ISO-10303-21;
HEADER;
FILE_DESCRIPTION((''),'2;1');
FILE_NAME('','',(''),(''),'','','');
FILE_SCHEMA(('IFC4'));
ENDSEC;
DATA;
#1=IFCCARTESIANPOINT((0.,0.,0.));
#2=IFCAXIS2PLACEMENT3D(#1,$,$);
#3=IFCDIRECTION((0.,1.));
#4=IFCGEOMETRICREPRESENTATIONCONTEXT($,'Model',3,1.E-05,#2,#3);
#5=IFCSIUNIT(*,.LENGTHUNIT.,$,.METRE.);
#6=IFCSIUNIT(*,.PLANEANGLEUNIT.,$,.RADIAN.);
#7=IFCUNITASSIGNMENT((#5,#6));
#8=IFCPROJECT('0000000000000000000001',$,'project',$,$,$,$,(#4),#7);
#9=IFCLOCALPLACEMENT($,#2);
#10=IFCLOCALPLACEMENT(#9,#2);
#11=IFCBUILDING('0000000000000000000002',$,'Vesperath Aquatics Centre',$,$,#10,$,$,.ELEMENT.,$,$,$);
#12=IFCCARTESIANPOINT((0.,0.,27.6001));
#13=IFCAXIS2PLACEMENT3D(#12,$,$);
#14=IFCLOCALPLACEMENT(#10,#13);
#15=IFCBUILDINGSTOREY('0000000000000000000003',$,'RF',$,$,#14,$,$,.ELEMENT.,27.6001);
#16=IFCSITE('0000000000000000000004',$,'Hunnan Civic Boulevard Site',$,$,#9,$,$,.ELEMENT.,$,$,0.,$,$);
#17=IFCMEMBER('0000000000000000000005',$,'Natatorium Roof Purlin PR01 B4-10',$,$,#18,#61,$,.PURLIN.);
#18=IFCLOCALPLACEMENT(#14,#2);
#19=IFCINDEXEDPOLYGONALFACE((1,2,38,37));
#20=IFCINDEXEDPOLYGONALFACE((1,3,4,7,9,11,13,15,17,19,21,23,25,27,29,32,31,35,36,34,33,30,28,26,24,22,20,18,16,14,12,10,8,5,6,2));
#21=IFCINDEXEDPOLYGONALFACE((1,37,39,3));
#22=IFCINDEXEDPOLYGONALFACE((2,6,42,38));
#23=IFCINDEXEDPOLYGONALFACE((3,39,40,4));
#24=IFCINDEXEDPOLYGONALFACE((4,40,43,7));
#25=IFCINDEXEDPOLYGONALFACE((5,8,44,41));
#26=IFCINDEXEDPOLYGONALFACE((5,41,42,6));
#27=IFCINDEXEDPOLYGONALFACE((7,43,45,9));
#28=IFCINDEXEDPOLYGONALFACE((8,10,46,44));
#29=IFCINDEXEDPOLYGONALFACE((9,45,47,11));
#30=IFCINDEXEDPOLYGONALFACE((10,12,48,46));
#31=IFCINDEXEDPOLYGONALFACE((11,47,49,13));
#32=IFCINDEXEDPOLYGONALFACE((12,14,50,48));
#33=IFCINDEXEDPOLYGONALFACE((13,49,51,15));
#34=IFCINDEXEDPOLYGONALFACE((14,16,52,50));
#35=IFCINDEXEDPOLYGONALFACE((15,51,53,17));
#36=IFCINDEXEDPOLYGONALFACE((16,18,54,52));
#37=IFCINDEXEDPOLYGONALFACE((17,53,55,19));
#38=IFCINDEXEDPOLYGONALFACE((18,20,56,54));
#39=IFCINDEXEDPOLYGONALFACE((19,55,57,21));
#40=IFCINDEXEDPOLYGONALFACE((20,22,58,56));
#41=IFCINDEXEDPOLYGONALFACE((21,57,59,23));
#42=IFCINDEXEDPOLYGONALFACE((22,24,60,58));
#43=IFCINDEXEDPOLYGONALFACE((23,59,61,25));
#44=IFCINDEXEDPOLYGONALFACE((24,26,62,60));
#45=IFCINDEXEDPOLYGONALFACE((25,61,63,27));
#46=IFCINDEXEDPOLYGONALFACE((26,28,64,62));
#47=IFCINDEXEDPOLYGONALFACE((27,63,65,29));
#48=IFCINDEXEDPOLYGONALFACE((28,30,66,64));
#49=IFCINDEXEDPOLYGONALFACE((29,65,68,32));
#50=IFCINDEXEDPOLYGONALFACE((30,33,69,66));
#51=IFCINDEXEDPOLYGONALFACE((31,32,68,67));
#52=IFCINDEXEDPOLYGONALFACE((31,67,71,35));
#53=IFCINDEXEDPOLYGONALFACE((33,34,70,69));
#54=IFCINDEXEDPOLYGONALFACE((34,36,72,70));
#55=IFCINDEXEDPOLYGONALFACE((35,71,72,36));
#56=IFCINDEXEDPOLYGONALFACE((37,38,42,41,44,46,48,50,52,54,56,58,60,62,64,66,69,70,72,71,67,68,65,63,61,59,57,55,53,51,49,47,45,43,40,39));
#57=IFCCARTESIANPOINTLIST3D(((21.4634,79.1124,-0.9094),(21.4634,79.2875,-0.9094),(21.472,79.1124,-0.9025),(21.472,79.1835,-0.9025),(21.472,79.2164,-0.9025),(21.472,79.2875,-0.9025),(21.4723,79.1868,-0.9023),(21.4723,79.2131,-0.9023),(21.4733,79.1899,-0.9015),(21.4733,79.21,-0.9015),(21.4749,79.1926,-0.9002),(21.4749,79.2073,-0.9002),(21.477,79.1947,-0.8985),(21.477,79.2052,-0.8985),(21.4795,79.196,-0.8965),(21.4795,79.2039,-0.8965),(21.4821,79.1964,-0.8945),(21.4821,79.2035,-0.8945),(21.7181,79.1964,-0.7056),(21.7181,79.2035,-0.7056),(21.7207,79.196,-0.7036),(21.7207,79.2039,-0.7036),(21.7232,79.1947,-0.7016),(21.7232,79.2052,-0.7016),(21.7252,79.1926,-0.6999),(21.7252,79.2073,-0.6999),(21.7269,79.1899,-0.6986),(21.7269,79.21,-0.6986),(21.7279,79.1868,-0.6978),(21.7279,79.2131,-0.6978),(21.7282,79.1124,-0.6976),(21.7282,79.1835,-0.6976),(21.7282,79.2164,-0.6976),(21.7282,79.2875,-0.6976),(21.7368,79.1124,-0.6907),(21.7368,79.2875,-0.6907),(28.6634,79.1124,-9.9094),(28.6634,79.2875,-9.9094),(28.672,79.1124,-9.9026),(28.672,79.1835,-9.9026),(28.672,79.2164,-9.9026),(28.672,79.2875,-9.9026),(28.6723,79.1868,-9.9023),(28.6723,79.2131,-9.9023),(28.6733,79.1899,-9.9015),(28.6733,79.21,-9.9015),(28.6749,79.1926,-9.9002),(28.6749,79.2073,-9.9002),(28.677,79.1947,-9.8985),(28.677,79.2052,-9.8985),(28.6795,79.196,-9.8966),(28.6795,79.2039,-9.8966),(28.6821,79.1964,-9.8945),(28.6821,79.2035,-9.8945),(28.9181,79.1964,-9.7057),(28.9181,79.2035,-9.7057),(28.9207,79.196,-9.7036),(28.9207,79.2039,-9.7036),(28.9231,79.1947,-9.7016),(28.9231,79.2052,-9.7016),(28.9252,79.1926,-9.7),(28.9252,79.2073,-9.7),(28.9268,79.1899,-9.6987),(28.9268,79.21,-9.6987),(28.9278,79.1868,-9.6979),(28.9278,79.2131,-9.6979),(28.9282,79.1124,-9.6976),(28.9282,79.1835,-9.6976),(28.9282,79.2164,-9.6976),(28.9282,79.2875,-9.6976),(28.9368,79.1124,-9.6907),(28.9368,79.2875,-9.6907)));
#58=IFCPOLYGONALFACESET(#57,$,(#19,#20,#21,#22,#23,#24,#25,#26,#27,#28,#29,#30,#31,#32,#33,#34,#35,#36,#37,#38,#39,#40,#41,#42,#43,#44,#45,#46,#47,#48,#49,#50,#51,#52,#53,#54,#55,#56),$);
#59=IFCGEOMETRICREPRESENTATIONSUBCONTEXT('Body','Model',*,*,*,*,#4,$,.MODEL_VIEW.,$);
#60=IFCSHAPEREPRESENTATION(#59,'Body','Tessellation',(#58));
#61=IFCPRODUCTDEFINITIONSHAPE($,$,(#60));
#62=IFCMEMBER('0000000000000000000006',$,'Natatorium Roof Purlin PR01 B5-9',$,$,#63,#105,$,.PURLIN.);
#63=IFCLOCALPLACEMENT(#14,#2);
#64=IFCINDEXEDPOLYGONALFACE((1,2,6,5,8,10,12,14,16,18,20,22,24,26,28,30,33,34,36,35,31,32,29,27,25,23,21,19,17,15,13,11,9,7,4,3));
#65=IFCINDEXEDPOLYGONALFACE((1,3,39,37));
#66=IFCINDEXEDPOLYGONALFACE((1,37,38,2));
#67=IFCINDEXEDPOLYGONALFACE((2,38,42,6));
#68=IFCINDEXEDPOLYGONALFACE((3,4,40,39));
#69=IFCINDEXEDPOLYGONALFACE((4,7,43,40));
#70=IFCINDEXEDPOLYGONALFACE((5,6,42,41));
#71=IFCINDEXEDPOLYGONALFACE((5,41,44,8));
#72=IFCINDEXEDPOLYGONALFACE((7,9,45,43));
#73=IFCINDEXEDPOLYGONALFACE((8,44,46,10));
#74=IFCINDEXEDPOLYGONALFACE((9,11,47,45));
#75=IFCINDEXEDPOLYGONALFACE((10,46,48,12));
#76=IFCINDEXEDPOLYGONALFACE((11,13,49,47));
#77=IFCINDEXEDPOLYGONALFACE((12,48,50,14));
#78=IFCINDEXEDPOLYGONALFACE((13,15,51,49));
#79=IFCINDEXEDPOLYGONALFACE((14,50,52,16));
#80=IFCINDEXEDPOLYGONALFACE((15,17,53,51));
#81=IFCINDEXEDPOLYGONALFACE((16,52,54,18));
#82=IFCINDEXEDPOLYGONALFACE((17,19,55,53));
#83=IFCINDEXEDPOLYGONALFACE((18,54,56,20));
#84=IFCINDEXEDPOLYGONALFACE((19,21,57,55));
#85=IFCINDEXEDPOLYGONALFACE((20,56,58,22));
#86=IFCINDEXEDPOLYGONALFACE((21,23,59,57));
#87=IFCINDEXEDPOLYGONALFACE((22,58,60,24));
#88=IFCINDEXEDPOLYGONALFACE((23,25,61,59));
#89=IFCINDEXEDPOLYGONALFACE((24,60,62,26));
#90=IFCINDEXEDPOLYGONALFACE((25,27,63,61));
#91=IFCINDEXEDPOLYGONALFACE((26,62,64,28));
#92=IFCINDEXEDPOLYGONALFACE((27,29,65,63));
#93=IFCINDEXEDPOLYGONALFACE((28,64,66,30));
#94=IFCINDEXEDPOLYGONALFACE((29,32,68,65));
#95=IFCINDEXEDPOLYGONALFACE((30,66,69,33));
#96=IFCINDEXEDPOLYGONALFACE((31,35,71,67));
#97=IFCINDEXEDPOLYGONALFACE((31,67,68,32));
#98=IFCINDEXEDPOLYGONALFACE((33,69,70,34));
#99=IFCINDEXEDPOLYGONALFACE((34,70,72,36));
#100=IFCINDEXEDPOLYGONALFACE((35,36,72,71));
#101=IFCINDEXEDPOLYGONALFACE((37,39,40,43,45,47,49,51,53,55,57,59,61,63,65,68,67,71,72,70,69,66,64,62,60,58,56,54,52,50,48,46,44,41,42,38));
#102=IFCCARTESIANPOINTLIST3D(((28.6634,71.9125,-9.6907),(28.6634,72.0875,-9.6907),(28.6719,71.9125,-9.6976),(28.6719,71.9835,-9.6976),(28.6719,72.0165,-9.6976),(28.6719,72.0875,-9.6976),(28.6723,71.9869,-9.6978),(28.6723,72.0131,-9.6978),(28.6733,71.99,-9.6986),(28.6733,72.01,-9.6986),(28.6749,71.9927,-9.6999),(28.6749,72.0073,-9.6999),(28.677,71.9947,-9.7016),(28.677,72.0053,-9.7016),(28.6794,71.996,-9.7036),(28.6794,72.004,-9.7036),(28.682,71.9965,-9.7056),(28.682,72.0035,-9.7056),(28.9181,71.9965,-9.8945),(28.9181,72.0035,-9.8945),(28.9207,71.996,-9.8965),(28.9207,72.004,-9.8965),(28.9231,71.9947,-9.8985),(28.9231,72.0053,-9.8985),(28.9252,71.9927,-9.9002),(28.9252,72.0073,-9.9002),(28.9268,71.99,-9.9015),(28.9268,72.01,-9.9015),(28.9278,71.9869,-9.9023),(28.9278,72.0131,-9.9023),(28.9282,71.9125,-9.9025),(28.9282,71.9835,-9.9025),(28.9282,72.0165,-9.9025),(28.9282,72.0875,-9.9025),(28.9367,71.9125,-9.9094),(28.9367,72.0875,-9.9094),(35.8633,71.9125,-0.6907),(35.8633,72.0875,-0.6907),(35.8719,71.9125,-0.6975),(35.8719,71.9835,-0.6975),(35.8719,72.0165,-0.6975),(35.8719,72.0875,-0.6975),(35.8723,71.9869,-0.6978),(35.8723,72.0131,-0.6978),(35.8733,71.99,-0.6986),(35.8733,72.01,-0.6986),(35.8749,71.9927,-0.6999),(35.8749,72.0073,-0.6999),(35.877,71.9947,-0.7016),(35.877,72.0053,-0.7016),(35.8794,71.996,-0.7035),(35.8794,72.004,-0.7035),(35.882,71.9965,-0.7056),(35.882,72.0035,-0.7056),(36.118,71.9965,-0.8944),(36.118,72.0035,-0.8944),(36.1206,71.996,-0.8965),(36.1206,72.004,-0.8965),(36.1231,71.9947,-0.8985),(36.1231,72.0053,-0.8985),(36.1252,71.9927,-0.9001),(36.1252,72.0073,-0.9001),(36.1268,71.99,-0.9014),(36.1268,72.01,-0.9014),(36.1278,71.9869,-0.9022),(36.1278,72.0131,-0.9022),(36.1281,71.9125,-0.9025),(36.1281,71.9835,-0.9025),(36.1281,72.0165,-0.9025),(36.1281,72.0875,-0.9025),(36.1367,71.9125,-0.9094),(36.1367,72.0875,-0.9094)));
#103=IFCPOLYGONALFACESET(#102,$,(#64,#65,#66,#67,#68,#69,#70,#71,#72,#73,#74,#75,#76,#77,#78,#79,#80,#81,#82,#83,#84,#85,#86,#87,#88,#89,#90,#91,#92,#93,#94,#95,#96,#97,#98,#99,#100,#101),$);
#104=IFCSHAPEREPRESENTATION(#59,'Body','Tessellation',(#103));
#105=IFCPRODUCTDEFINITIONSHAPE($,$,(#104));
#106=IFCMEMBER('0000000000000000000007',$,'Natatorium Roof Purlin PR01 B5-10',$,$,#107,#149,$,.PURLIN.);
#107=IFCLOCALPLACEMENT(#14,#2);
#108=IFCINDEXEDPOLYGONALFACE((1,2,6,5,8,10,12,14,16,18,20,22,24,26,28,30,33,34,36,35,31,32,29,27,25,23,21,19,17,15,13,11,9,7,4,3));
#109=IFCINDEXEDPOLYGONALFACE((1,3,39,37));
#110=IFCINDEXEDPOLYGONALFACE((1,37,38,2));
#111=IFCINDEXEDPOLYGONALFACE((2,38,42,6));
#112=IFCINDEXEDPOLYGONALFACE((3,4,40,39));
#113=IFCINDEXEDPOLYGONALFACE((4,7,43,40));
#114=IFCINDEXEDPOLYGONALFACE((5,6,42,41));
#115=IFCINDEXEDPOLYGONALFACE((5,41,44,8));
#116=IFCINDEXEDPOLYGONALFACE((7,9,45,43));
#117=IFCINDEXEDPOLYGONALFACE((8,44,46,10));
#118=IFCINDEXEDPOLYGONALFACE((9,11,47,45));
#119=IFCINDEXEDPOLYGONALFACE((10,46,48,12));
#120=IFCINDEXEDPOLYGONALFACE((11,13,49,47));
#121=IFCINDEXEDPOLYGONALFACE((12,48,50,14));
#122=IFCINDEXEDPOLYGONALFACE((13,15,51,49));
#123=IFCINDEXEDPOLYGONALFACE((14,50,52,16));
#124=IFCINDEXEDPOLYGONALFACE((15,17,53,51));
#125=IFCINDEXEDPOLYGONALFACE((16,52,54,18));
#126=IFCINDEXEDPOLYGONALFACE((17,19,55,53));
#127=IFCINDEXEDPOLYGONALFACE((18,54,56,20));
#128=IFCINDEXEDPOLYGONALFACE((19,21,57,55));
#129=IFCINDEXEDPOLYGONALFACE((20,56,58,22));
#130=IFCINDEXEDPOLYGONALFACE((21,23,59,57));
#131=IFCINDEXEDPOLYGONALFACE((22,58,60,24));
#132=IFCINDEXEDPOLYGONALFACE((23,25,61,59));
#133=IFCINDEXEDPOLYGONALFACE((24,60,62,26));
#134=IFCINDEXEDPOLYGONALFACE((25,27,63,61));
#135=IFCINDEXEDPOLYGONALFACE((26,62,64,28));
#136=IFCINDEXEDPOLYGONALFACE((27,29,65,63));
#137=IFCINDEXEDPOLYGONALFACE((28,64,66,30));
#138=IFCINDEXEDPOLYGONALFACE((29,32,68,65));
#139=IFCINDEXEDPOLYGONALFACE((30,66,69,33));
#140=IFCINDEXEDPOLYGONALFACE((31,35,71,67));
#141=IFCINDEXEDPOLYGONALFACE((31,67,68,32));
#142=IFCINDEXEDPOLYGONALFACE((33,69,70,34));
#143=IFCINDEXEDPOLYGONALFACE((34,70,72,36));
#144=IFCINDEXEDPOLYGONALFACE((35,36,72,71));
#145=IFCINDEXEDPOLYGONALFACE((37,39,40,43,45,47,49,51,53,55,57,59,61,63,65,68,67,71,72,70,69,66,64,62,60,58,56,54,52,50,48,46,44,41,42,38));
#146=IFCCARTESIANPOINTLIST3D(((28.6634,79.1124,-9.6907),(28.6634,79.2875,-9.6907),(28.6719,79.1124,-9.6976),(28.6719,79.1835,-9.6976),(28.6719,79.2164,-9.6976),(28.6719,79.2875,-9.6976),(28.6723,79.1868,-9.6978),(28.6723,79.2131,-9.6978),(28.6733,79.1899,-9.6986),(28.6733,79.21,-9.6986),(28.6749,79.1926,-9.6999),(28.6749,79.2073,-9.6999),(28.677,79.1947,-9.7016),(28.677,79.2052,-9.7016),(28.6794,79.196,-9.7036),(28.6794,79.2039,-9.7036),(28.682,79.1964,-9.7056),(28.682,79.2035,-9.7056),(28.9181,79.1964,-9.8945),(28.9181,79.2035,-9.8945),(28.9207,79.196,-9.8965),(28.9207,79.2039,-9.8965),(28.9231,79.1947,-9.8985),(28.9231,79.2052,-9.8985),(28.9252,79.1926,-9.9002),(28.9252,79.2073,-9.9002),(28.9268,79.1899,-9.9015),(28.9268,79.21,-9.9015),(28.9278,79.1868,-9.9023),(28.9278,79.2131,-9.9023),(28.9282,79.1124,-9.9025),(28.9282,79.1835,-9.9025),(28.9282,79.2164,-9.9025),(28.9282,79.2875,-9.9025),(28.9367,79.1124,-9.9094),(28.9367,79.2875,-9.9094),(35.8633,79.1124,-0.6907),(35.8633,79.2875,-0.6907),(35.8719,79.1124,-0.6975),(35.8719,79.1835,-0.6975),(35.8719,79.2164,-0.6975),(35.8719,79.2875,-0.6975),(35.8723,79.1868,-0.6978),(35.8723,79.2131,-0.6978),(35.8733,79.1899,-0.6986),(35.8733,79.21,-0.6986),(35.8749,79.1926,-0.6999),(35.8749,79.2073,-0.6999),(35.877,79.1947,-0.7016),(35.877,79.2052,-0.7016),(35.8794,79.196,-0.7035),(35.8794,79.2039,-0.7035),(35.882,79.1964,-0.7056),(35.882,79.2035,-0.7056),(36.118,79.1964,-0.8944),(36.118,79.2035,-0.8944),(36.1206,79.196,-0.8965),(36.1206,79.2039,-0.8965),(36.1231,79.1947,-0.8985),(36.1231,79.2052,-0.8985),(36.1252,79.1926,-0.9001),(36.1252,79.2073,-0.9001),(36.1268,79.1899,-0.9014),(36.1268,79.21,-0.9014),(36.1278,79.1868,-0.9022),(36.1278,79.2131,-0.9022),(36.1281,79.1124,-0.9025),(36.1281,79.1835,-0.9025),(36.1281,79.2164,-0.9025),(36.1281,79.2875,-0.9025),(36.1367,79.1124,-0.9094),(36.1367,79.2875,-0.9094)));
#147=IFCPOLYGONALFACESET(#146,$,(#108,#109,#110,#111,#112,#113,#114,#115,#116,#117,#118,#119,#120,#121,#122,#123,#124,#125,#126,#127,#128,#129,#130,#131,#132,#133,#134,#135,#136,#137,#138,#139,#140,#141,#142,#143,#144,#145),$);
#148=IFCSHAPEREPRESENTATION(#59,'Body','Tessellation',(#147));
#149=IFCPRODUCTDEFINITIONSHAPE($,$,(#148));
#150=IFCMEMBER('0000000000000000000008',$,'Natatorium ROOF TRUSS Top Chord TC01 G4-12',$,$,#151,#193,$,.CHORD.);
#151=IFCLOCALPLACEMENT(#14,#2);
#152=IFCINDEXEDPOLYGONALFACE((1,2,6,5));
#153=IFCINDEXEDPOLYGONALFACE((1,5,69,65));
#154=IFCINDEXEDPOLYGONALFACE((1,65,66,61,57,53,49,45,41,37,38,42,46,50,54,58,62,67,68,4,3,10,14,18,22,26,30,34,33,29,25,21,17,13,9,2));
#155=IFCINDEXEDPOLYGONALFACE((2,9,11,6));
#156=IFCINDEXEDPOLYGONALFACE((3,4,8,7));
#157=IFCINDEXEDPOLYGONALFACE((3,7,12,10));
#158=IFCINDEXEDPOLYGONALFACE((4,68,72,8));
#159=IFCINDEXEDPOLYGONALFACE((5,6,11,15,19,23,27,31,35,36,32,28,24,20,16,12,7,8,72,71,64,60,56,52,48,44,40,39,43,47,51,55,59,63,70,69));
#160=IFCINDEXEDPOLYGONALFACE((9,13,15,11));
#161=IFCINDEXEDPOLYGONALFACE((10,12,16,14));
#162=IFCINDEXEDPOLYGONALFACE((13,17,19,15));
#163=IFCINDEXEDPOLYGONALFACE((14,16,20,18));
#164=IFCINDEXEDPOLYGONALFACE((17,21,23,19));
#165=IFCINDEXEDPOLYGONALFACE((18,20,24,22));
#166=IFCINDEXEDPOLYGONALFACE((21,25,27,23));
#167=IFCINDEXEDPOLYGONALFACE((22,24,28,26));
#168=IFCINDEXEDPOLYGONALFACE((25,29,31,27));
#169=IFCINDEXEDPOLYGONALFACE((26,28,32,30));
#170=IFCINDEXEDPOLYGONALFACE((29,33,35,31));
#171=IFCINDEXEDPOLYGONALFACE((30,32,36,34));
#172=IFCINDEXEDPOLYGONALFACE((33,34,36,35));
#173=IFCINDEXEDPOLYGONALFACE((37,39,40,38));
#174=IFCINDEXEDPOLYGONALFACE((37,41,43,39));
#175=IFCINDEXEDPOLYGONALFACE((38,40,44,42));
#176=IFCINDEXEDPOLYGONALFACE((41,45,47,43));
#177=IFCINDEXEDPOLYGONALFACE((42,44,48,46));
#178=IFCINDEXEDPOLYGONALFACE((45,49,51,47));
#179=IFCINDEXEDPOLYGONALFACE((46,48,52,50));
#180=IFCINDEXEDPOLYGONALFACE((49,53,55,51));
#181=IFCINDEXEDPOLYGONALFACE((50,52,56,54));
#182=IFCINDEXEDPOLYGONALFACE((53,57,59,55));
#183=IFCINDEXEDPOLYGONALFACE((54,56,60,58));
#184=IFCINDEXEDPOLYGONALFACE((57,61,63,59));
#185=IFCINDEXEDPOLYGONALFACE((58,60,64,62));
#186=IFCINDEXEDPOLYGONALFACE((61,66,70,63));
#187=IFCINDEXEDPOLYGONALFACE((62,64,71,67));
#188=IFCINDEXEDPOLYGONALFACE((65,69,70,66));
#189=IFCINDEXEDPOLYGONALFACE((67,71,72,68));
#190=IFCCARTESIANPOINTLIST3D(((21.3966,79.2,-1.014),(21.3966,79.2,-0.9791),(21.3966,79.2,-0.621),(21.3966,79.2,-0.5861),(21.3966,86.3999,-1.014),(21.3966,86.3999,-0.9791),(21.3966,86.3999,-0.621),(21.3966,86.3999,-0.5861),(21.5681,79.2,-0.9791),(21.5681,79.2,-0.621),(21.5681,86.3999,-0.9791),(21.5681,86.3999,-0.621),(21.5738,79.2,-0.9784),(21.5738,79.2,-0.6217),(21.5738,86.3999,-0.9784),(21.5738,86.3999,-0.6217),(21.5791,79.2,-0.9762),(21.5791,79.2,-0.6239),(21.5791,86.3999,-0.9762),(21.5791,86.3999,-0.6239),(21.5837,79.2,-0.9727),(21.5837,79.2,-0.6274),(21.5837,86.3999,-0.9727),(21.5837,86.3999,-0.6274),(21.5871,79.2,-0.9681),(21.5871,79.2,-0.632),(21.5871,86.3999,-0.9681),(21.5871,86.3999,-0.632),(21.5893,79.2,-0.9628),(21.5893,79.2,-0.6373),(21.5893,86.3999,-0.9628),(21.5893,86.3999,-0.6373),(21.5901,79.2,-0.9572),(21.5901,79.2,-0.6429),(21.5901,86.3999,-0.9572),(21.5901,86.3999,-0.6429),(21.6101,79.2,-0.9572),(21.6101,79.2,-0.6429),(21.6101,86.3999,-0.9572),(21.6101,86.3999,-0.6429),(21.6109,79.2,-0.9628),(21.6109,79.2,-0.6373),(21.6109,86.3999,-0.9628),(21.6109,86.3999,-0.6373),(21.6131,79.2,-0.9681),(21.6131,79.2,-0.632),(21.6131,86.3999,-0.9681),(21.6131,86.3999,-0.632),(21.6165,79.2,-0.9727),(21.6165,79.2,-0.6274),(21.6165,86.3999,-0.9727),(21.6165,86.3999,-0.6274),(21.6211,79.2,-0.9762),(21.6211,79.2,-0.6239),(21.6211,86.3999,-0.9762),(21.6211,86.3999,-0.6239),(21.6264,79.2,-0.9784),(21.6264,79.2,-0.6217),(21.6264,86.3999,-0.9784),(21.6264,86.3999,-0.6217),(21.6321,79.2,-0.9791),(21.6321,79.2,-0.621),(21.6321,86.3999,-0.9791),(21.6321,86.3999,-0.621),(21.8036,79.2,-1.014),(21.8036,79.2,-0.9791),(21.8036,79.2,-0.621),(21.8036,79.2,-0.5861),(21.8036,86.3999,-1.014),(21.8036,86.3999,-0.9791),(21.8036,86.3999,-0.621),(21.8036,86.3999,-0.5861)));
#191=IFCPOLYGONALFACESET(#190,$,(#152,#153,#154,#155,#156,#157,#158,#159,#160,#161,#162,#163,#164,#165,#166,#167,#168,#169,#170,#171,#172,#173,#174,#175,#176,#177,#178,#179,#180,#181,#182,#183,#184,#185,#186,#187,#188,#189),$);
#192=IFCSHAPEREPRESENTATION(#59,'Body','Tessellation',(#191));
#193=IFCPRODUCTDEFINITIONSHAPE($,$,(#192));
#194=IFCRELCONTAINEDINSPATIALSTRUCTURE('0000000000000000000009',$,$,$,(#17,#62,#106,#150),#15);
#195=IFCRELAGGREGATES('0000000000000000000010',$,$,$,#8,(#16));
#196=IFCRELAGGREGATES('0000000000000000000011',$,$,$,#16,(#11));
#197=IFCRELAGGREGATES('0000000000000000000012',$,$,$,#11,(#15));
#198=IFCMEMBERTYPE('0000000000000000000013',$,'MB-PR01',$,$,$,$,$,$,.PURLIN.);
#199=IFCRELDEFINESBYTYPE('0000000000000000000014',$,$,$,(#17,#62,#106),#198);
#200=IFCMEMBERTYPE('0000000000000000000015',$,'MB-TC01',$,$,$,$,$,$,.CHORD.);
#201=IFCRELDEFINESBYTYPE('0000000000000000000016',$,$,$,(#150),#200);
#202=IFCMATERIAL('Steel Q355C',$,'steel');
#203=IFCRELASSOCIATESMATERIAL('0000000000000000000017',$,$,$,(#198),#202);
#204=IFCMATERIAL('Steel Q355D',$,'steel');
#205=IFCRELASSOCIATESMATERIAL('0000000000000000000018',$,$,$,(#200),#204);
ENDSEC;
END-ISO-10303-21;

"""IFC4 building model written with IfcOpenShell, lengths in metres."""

from ifc_helpers import new_model, si_unit, direction, frame, origin, origin_2d, place, context, subcontext, project, spatial, i_section, extrude, material, material_profile, profile_set, type_object, element, save


model = new_model("IFC4")

# Units and contexts
model_context = context("Model", 3, precision=1e-05, world=origin(), true_north=direction((0.0, 1.0)))
body_context = subcontext(model_context, "Body", "Model", "MODEL_VIEW")
ifc_project = project(units=[si_unit("LENGTHUNIT", "METRE"), si_unit("PLANEANGLEUNIT", "RADIAN")], contexts=[model_context])

# Site, building, storey
site_placement = place(None, origin())
site = spatial("IfcSite", under=ifc_project, at=site_placement, Name="Hunnan Civic Boulevard Site", CompositionType="ELEMENT", RefElevation=0.0)
building_placement = place(site_placement, origin())
building = spatial("IfcBuilding", under=site, at=building_placement, Name="Vesperath Aquatics Centre", CompositionType="ELEMENT")
storey_placement = place(building_placement, frame((0.0, 0.0, 27.6001)))
storey = spatial("IfcBuildingStorey", under=building, at=storey_placement, Name="RF", CompositionType="ELEMENT", Elevation=27.6001)

# Shared definitions
ifc_material_1 = material(Name="Steel Q355C", Category="steel")

# Members
ifc_material_2 = material(Name="Steel Q355D", Category="steel")
ifc_material_profile_1 = material_profile(ifc_material_1, i_section(OverallWidth=0.175, OverallDepth=0.3501, WebThickness=0.0071, FlangeThickness=0.011, FilletRadius=0.0129, at=origin_2d()), Name="HN 350x175x7x11")
ifc_profile_set_1 = profile_set([ifc_material_profile_1], Name="Steel Q355C")
member_type_1 = type_object("IfcMemberType", Name="MB-PR01", PredefinedType="PURLIN", material=ifc_profile_set_1)
for number, where, z_axis, x_axis, name in (
    (1, (21.6001, 79.2, -0.8), (0.624692, 0.0, -0.780871), (0.0, 1.0, 0.0), "Natatorium Roof Purlin PR01 B4-10"),
    (2, (28.8, 72.0, -9.8), (0.624692, 0.0, 0.780871), (0.0, 1.0, 0.0), "Natatorium Roof Purlin PR01 B5-9"),
    (3, (28.8, 79.2, -9.8), (0.624692, 0.0, 0.780871), (0.0, 1.0, 0.0), "Natatorium Roof Purlin PR01 B5-10"),
):
    element("IfcMember", number, at=place(storey_placement, frame(where, z_axis=z_axis, x_axis=x_axis)), inside=storey, type_object=member_type_1, Name=name, PredefinedType="PURLIN", context=body_context, shape_type="SweptSolid", body=[
        extrude(i_section(OverallWidth=0.175, OverallDepth=0.3501, WebThickness=0.0071, FlangeThickness=0.011, FilletRadius=0.0129, at=origin_2d()), origin(), (0.0, 0.0, 1.0), 11.5256),
    ])
ifc_material_profile_2 = material_profile(ifc_material_2, i_section(OverallWidth=0.407, OverallDepth=0.428, WebThickness=0.02, FlangeThickness=0.0349, FilletRadius=0.022, at=origin_2d()), Name="HW 428x407x20x35")
ifc_profile_set_2 = profile_set([ifc_material_profile_2], Name="Steel Q355D")
member_type_2 = type_object("IfcMemberType", Name="MB-TC01", PredefinedType="CHORD", material=ifc_profile_set_2)
member_1_placement = place(storey_placement, frame((21.6001, 79.2, -0.8), z_axis=(0.0, 1.0, 0.0), x_axis=(-1.0, 0.0, 0.0)))
element("IfcMember", 4, at=member_1_placement, inside=storey, type_object=member_type_2, Name="Natatorium ROOF TRUSS Top Chord TC01 G4-12", PredefinedType="CHORD", context=body_context, shape_type="SweptSolid", body=[
    extrude(i_section(OverallWidth=0.407, OverallDepth=0.428, WebThickness=0.02, FlangeThickness=0.0349, FilletRadius=0.022, at=origin_2d()), origin(), (0.0, 0.0, 1.0), 7.2),
])

save(model, "model.ifc")
